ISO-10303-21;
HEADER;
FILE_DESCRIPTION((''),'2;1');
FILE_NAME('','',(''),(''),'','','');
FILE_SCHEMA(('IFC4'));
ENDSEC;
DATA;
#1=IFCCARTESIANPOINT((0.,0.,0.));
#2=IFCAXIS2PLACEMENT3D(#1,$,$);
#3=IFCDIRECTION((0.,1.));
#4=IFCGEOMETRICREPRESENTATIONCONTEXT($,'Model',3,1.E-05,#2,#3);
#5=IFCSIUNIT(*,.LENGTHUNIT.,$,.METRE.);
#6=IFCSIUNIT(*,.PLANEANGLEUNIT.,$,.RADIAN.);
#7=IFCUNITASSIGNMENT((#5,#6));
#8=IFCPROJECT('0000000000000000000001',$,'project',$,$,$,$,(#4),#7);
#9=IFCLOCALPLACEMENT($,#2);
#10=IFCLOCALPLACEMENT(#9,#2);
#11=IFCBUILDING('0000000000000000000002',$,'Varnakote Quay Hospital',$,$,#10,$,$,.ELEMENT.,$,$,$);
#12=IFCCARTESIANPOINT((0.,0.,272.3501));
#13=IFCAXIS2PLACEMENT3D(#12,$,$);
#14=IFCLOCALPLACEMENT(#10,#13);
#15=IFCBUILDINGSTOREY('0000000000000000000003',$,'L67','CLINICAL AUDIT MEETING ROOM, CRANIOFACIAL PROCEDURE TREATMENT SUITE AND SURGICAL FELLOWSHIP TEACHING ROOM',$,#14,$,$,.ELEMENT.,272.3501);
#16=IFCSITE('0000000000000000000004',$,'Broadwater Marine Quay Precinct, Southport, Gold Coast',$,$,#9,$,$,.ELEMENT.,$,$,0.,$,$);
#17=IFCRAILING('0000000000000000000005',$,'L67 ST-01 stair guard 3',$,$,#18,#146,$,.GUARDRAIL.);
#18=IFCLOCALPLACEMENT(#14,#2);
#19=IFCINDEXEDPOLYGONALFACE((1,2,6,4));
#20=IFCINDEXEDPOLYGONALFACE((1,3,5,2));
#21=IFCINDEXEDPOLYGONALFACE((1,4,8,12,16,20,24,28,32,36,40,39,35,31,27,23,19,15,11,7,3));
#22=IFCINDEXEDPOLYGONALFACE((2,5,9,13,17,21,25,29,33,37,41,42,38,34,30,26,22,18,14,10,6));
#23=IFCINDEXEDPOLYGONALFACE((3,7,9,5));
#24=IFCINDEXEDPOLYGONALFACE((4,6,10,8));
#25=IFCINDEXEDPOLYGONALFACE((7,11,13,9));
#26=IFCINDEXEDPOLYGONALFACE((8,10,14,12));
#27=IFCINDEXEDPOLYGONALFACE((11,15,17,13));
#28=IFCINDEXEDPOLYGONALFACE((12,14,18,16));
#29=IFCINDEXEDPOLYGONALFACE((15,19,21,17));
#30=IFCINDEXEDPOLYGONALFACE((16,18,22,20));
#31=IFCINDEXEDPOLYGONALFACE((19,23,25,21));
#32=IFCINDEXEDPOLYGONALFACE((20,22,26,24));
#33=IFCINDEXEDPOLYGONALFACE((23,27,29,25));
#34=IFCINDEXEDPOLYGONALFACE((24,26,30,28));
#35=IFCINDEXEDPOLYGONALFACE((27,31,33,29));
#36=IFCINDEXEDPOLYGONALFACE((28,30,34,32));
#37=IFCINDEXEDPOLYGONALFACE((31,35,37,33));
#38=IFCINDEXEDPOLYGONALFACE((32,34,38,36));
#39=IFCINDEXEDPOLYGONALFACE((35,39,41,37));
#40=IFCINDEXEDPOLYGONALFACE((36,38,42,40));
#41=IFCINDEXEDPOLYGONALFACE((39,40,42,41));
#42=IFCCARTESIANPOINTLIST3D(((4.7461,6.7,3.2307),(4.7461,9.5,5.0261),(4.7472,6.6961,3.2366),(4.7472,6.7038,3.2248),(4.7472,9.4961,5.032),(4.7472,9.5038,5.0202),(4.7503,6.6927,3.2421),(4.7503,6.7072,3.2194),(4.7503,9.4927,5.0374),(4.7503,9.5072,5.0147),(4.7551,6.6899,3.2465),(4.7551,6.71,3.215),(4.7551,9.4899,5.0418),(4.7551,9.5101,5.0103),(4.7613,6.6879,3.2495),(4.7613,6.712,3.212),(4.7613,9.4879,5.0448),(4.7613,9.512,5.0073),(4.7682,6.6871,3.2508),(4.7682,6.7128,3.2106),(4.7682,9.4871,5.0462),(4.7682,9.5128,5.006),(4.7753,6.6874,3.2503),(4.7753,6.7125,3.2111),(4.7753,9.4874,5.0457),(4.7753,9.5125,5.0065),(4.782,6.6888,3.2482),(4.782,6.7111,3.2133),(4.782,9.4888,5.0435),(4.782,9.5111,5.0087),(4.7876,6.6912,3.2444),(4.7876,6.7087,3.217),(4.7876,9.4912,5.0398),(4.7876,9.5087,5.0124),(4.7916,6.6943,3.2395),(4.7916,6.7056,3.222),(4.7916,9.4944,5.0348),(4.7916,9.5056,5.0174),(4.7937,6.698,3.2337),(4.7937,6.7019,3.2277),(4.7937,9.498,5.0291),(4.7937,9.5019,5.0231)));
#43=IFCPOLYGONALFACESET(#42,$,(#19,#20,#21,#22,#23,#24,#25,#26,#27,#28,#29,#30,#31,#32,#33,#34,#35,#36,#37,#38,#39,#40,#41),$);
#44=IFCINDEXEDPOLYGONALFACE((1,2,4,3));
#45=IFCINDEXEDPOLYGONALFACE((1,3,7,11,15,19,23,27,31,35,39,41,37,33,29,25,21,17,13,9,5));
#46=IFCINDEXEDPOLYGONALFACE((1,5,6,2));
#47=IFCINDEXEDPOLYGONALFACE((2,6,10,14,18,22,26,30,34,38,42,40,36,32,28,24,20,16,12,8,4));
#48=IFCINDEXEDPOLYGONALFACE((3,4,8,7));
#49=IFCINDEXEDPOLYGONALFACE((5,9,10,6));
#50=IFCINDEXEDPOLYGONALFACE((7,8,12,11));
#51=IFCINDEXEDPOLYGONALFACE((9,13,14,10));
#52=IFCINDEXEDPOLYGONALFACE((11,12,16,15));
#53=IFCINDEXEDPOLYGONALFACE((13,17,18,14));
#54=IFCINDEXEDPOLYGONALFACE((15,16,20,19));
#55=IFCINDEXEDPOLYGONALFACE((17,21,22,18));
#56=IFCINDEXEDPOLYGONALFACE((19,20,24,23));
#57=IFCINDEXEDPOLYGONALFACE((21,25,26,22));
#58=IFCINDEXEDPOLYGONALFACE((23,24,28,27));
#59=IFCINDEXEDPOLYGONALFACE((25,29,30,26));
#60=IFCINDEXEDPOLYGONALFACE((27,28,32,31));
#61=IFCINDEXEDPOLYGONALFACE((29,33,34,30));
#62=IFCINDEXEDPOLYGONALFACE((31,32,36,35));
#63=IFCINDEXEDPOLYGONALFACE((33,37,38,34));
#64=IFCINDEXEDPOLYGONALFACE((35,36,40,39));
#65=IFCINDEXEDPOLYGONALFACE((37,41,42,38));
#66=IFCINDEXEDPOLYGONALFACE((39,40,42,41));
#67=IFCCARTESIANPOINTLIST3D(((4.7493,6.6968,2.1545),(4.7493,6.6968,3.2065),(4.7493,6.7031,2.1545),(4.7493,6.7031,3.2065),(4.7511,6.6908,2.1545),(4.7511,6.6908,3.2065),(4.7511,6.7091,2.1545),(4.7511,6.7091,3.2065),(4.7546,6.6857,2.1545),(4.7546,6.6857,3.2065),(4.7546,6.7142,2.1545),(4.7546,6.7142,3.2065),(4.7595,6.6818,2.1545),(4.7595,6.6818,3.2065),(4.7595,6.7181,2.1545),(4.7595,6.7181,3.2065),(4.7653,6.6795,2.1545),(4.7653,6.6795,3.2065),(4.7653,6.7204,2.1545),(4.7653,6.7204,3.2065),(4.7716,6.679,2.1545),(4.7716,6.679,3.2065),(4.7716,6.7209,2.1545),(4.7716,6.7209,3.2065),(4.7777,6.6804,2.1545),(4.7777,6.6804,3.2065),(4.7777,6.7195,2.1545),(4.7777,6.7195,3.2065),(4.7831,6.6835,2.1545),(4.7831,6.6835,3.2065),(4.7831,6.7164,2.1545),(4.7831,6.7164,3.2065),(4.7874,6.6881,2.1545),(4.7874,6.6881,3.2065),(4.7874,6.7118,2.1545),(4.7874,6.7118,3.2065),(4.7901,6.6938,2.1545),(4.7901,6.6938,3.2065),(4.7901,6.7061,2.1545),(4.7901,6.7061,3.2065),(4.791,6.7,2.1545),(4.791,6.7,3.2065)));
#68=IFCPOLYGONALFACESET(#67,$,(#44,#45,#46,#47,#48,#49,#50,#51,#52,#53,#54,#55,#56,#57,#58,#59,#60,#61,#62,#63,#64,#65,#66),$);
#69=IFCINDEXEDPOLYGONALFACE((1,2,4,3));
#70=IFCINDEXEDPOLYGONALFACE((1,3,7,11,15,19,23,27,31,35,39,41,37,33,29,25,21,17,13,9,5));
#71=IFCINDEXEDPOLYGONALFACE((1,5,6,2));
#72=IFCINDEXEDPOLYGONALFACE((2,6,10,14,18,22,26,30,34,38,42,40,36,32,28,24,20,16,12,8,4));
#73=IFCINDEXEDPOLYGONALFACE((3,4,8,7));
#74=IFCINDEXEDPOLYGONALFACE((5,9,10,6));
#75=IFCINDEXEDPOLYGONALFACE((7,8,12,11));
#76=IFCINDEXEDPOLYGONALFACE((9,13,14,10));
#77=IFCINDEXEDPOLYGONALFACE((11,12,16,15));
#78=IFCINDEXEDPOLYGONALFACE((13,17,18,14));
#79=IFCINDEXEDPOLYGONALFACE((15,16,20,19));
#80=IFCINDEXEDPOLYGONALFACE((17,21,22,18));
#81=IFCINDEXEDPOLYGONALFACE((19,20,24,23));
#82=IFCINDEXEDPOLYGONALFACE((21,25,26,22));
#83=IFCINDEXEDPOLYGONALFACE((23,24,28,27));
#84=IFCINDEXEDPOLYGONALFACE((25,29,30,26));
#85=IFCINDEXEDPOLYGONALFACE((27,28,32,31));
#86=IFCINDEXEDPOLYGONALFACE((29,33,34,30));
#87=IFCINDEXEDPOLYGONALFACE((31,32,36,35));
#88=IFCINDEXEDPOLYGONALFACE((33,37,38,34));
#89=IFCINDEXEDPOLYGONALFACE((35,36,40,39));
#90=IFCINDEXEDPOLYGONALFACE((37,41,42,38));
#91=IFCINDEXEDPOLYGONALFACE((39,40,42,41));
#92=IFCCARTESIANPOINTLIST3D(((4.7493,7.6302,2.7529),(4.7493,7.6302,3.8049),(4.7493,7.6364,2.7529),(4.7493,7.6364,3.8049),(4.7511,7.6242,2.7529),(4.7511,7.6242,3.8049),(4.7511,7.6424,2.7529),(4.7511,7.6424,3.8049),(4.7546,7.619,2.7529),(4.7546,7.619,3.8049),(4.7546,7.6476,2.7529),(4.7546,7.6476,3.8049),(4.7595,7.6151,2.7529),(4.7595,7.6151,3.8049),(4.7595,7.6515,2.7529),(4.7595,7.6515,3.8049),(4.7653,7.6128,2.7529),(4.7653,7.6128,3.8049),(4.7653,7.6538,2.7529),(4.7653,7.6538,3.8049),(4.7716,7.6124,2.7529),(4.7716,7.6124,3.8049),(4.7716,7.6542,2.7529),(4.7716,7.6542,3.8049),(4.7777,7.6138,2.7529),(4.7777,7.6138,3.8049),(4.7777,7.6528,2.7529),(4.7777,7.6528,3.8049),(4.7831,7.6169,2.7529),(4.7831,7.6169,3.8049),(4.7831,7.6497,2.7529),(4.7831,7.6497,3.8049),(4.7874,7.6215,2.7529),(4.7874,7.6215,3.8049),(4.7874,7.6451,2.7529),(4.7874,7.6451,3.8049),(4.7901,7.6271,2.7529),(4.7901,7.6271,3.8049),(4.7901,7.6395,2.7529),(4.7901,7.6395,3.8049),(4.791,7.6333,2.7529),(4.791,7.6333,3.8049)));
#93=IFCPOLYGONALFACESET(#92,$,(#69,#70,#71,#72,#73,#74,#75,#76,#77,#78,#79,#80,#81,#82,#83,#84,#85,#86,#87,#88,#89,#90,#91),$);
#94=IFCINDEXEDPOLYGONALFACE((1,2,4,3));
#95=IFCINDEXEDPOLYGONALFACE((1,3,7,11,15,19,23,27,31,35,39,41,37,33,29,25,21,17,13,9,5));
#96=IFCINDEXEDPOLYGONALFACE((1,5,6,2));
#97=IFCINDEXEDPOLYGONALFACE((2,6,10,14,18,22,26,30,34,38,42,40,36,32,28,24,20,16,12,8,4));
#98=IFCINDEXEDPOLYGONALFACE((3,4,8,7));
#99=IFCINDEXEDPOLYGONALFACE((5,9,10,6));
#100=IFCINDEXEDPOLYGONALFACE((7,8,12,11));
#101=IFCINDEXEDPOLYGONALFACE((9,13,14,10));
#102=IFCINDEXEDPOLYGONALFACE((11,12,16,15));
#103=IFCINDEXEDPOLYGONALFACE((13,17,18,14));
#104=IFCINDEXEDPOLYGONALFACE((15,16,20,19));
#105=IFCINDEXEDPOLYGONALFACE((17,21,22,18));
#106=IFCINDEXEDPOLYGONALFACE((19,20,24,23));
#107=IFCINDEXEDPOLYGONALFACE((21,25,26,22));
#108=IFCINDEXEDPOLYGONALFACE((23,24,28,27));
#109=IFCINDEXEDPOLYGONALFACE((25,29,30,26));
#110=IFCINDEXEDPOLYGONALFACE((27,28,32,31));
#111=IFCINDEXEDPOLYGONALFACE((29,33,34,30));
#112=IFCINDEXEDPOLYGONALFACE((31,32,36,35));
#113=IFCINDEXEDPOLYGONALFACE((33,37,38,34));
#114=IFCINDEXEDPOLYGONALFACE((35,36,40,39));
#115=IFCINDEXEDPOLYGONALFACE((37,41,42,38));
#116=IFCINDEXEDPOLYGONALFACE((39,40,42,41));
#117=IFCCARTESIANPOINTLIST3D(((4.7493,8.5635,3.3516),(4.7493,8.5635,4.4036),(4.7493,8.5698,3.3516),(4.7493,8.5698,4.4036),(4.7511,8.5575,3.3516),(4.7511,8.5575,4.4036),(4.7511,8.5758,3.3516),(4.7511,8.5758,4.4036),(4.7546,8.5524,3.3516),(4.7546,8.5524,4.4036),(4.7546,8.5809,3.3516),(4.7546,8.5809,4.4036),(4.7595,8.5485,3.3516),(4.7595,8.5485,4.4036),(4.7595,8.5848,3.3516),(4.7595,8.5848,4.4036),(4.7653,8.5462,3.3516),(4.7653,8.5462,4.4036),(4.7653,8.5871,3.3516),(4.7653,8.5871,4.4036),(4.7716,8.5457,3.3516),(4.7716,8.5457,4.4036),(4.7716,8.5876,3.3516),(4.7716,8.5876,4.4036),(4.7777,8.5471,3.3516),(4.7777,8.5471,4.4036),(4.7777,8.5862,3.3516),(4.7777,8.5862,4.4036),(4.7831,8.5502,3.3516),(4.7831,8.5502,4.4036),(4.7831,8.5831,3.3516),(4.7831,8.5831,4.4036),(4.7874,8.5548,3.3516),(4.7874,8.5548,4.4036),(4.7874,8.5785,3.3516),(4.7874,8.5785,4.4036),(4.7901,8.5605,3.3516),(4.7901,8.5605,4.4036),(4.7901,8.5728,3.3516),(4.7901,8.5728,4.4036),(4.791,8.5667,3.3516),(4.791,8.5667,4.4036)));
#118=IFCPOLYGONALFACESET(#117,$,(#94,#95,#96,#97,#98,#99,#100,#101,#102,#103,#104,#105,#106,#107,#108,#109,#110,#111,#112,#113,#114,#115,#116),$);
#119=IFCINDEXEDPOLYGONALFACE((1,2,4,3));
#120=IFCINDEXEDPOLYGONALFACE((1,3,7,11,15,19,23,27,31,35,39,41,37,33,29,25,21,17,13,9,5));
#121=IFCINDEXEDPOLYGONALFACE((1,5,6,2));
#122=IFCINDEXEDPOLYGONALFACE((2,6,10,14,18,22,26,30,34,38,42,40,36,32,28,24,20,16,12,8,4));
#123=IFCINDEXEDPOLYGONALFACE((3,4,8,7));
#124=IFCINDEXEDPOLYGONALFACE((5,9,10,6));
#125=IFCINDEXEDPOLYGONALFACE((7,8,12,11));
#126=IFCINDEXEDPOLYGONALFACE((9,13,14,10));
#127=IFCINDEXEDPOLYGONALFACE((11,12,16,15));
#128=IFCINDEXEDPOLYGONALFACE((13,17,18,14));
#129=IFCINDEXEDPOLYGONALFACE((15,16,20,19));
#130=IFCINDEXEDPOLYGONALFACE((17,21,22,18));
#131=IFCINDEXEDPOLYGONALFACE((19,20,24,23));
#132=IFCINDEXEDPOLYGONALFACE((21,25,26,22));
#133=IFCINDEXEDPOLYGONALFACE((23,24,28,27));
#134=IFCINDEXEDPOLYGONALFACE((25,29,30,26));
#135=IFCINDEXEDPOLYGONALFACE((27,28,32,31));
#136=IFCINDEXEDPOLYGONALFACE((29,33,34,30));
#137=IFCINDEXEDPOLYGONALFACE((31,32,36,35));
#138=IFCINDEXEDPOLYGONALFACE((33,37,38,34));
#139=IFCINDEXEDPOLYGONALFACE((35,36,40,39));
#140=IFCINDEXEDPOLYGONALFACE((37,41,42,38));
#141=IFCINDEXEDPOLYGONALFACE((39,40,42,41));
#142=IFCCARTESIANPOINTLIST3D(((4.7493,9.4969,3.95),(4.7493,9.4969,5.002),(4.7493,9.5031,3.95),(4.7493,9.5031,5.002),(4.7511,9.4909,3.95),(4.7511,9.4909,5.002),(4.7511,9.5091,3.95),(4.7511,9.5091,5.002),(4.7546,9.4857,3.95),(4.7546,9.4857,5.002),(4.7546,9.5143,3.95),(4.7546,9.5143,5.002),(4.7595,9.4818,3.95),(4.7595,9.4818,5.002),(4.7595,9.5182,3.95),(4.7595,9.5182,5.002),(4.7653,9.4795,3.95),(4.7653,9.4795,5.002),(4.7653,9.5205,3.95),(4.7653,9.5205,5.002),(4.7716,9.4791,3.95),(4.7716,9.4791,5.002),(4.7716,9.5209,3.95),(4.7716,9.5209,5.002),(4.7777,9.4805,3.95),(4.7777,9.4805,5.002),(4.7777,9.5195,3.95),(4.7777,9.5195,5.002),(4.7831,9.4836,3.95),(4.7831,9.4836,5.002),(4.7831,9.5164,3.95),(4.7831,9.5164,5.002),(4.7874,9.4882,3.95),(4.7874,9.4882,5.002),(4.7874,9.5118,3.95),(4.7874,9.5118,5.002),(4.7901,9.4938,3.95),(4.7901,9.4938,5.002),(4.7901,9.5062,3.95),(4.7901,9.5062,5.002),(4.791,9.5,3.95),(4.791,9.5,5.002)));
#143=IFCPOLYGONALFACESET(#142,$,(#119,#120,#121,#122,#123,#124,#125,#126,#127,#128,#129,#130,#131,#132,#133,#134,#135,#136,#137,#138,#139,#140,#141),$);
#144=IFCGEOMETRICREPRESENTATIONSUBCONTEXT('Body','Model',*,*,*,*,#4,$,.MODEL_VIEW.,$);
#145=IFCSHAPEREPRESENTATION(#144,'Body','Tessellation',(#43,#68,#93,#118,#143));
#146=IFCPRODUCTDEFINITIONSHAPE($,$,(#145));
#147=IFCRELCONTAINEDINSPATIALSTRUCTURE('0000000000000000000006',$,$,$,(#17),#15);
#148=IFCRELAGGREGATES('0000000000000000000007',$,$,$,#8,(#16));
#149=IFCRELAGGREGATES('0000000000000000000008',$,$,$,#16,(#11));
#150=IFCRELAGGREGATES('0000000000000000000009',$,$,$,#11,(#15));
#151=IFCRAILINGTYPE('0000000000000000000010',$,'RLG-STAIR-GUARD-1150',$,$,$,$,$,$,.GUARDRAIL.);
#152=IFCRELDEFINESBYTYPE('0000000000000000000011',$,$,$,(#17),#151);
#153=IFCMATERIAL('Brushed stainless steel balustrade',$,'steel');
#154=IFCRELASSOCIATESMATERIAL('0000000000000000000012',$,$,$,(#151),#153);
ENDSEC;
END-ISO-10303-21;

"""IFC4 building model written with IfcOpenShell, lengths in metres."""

from ifc_helpers import new_model, si_unit, direction, frame, origin, origin_2d, place, context, subcontext, project, spatial, circle, extrude, material, type_object, element, save


model = new_model("IFC4")

# Units and contexts
model_context = context("Model", 3, precision=1e-05, world=origin(), true_north=direction((0.0, 1.0)))
body_context = subcontext(model_context, "Body", "Model", "MODEL_VIEW")
ifc_project = project(units=[si_unit("LENGTHUNIT", "METRE"), si_unit("PLANEANGLEUNIT", "RADIAN")], contexts=[model_context])

# Site, building, storey
site_placement = place(None, origin())
site = spatial("IfcSite", under=ifc_project, at=site_placement, Name="Broadwater Marine Quay Precinct, Southport, Gold Coast", CompositionType="ELEMENT", RefElevation=0.0)
building_placement = place(site_placement, origin())
building = spatial("IfcBuilding", under=site, at=building_placement, Name="Varnakote Quay Hospital", CompositionType="ELEMENT")
storey_placement = place(building_placement, frame((0.0, 0.0, 272.3501)))
storey = spatial("IfcBuildingStorey", under=building, at=storey_placement, Name="L67", Description="CLINICAL AUDIT MEETING ROOM, CRANIOFACIAL PROCEDURE TREATMENT SUITE AND SURGICAL FELLOWSHIP TEACHING ROOM", CompositionType="ELEMENT", Elevation=272.3501)

# Railing
ifc_material_1 = material(Name="Brushed stainless steel balustrade", Category="steel")
railing_type_1 = type_object("IfcRailingType", Name="RLG-STAIR-GUARD-1150", PredefinedType="GUARDRAIL", material=ifc_material_1)
railing_1_placement = place(storey_placement, frame((4.77, 6.7, 2.1545)))
element("IfcRailing", 1, at=railing_1_placement, inside=storey, type_object=railing_type_1, Name="L67 ST-01 stair guard 3", PredefinedType="GUARDRAIL", context=body_context, shape_type="SweptSolid", body=[
    extrude(circle(Radius=0.0239, at=origin_2d()), frame((0.0, 0.0, 1.0762), z_axis=(0.0, 0.84181, 0.539774), x_axis=(-1.0, 0.0, 0.0)), (0.0, 0.0, 1.0), 3.3262),
    extrude(circle(Radius=0.021, at=origin_2d()), origin(), (0.0, 0.0, 1.0), 1.052),
    extrude(circle(Radius=0.021, at=origin_2d()), frame((0.0, 0.9333, 0.5984)), (0.0, 0.0, 1.0), 1.052),
    extrude(circle(Radius=0.021, at=origin_2d()), frame((0.0, 1.8667, 1.197)), (0.0, 0.0, 1.0), 1.052),
    extrude(circle(Radius=0.021, at=origin_2d()), frame((0.0, 2.8, 1.7954)), (0.0, 0.0, 1.0), 1.052),
])

save(model, "model.ifc")
